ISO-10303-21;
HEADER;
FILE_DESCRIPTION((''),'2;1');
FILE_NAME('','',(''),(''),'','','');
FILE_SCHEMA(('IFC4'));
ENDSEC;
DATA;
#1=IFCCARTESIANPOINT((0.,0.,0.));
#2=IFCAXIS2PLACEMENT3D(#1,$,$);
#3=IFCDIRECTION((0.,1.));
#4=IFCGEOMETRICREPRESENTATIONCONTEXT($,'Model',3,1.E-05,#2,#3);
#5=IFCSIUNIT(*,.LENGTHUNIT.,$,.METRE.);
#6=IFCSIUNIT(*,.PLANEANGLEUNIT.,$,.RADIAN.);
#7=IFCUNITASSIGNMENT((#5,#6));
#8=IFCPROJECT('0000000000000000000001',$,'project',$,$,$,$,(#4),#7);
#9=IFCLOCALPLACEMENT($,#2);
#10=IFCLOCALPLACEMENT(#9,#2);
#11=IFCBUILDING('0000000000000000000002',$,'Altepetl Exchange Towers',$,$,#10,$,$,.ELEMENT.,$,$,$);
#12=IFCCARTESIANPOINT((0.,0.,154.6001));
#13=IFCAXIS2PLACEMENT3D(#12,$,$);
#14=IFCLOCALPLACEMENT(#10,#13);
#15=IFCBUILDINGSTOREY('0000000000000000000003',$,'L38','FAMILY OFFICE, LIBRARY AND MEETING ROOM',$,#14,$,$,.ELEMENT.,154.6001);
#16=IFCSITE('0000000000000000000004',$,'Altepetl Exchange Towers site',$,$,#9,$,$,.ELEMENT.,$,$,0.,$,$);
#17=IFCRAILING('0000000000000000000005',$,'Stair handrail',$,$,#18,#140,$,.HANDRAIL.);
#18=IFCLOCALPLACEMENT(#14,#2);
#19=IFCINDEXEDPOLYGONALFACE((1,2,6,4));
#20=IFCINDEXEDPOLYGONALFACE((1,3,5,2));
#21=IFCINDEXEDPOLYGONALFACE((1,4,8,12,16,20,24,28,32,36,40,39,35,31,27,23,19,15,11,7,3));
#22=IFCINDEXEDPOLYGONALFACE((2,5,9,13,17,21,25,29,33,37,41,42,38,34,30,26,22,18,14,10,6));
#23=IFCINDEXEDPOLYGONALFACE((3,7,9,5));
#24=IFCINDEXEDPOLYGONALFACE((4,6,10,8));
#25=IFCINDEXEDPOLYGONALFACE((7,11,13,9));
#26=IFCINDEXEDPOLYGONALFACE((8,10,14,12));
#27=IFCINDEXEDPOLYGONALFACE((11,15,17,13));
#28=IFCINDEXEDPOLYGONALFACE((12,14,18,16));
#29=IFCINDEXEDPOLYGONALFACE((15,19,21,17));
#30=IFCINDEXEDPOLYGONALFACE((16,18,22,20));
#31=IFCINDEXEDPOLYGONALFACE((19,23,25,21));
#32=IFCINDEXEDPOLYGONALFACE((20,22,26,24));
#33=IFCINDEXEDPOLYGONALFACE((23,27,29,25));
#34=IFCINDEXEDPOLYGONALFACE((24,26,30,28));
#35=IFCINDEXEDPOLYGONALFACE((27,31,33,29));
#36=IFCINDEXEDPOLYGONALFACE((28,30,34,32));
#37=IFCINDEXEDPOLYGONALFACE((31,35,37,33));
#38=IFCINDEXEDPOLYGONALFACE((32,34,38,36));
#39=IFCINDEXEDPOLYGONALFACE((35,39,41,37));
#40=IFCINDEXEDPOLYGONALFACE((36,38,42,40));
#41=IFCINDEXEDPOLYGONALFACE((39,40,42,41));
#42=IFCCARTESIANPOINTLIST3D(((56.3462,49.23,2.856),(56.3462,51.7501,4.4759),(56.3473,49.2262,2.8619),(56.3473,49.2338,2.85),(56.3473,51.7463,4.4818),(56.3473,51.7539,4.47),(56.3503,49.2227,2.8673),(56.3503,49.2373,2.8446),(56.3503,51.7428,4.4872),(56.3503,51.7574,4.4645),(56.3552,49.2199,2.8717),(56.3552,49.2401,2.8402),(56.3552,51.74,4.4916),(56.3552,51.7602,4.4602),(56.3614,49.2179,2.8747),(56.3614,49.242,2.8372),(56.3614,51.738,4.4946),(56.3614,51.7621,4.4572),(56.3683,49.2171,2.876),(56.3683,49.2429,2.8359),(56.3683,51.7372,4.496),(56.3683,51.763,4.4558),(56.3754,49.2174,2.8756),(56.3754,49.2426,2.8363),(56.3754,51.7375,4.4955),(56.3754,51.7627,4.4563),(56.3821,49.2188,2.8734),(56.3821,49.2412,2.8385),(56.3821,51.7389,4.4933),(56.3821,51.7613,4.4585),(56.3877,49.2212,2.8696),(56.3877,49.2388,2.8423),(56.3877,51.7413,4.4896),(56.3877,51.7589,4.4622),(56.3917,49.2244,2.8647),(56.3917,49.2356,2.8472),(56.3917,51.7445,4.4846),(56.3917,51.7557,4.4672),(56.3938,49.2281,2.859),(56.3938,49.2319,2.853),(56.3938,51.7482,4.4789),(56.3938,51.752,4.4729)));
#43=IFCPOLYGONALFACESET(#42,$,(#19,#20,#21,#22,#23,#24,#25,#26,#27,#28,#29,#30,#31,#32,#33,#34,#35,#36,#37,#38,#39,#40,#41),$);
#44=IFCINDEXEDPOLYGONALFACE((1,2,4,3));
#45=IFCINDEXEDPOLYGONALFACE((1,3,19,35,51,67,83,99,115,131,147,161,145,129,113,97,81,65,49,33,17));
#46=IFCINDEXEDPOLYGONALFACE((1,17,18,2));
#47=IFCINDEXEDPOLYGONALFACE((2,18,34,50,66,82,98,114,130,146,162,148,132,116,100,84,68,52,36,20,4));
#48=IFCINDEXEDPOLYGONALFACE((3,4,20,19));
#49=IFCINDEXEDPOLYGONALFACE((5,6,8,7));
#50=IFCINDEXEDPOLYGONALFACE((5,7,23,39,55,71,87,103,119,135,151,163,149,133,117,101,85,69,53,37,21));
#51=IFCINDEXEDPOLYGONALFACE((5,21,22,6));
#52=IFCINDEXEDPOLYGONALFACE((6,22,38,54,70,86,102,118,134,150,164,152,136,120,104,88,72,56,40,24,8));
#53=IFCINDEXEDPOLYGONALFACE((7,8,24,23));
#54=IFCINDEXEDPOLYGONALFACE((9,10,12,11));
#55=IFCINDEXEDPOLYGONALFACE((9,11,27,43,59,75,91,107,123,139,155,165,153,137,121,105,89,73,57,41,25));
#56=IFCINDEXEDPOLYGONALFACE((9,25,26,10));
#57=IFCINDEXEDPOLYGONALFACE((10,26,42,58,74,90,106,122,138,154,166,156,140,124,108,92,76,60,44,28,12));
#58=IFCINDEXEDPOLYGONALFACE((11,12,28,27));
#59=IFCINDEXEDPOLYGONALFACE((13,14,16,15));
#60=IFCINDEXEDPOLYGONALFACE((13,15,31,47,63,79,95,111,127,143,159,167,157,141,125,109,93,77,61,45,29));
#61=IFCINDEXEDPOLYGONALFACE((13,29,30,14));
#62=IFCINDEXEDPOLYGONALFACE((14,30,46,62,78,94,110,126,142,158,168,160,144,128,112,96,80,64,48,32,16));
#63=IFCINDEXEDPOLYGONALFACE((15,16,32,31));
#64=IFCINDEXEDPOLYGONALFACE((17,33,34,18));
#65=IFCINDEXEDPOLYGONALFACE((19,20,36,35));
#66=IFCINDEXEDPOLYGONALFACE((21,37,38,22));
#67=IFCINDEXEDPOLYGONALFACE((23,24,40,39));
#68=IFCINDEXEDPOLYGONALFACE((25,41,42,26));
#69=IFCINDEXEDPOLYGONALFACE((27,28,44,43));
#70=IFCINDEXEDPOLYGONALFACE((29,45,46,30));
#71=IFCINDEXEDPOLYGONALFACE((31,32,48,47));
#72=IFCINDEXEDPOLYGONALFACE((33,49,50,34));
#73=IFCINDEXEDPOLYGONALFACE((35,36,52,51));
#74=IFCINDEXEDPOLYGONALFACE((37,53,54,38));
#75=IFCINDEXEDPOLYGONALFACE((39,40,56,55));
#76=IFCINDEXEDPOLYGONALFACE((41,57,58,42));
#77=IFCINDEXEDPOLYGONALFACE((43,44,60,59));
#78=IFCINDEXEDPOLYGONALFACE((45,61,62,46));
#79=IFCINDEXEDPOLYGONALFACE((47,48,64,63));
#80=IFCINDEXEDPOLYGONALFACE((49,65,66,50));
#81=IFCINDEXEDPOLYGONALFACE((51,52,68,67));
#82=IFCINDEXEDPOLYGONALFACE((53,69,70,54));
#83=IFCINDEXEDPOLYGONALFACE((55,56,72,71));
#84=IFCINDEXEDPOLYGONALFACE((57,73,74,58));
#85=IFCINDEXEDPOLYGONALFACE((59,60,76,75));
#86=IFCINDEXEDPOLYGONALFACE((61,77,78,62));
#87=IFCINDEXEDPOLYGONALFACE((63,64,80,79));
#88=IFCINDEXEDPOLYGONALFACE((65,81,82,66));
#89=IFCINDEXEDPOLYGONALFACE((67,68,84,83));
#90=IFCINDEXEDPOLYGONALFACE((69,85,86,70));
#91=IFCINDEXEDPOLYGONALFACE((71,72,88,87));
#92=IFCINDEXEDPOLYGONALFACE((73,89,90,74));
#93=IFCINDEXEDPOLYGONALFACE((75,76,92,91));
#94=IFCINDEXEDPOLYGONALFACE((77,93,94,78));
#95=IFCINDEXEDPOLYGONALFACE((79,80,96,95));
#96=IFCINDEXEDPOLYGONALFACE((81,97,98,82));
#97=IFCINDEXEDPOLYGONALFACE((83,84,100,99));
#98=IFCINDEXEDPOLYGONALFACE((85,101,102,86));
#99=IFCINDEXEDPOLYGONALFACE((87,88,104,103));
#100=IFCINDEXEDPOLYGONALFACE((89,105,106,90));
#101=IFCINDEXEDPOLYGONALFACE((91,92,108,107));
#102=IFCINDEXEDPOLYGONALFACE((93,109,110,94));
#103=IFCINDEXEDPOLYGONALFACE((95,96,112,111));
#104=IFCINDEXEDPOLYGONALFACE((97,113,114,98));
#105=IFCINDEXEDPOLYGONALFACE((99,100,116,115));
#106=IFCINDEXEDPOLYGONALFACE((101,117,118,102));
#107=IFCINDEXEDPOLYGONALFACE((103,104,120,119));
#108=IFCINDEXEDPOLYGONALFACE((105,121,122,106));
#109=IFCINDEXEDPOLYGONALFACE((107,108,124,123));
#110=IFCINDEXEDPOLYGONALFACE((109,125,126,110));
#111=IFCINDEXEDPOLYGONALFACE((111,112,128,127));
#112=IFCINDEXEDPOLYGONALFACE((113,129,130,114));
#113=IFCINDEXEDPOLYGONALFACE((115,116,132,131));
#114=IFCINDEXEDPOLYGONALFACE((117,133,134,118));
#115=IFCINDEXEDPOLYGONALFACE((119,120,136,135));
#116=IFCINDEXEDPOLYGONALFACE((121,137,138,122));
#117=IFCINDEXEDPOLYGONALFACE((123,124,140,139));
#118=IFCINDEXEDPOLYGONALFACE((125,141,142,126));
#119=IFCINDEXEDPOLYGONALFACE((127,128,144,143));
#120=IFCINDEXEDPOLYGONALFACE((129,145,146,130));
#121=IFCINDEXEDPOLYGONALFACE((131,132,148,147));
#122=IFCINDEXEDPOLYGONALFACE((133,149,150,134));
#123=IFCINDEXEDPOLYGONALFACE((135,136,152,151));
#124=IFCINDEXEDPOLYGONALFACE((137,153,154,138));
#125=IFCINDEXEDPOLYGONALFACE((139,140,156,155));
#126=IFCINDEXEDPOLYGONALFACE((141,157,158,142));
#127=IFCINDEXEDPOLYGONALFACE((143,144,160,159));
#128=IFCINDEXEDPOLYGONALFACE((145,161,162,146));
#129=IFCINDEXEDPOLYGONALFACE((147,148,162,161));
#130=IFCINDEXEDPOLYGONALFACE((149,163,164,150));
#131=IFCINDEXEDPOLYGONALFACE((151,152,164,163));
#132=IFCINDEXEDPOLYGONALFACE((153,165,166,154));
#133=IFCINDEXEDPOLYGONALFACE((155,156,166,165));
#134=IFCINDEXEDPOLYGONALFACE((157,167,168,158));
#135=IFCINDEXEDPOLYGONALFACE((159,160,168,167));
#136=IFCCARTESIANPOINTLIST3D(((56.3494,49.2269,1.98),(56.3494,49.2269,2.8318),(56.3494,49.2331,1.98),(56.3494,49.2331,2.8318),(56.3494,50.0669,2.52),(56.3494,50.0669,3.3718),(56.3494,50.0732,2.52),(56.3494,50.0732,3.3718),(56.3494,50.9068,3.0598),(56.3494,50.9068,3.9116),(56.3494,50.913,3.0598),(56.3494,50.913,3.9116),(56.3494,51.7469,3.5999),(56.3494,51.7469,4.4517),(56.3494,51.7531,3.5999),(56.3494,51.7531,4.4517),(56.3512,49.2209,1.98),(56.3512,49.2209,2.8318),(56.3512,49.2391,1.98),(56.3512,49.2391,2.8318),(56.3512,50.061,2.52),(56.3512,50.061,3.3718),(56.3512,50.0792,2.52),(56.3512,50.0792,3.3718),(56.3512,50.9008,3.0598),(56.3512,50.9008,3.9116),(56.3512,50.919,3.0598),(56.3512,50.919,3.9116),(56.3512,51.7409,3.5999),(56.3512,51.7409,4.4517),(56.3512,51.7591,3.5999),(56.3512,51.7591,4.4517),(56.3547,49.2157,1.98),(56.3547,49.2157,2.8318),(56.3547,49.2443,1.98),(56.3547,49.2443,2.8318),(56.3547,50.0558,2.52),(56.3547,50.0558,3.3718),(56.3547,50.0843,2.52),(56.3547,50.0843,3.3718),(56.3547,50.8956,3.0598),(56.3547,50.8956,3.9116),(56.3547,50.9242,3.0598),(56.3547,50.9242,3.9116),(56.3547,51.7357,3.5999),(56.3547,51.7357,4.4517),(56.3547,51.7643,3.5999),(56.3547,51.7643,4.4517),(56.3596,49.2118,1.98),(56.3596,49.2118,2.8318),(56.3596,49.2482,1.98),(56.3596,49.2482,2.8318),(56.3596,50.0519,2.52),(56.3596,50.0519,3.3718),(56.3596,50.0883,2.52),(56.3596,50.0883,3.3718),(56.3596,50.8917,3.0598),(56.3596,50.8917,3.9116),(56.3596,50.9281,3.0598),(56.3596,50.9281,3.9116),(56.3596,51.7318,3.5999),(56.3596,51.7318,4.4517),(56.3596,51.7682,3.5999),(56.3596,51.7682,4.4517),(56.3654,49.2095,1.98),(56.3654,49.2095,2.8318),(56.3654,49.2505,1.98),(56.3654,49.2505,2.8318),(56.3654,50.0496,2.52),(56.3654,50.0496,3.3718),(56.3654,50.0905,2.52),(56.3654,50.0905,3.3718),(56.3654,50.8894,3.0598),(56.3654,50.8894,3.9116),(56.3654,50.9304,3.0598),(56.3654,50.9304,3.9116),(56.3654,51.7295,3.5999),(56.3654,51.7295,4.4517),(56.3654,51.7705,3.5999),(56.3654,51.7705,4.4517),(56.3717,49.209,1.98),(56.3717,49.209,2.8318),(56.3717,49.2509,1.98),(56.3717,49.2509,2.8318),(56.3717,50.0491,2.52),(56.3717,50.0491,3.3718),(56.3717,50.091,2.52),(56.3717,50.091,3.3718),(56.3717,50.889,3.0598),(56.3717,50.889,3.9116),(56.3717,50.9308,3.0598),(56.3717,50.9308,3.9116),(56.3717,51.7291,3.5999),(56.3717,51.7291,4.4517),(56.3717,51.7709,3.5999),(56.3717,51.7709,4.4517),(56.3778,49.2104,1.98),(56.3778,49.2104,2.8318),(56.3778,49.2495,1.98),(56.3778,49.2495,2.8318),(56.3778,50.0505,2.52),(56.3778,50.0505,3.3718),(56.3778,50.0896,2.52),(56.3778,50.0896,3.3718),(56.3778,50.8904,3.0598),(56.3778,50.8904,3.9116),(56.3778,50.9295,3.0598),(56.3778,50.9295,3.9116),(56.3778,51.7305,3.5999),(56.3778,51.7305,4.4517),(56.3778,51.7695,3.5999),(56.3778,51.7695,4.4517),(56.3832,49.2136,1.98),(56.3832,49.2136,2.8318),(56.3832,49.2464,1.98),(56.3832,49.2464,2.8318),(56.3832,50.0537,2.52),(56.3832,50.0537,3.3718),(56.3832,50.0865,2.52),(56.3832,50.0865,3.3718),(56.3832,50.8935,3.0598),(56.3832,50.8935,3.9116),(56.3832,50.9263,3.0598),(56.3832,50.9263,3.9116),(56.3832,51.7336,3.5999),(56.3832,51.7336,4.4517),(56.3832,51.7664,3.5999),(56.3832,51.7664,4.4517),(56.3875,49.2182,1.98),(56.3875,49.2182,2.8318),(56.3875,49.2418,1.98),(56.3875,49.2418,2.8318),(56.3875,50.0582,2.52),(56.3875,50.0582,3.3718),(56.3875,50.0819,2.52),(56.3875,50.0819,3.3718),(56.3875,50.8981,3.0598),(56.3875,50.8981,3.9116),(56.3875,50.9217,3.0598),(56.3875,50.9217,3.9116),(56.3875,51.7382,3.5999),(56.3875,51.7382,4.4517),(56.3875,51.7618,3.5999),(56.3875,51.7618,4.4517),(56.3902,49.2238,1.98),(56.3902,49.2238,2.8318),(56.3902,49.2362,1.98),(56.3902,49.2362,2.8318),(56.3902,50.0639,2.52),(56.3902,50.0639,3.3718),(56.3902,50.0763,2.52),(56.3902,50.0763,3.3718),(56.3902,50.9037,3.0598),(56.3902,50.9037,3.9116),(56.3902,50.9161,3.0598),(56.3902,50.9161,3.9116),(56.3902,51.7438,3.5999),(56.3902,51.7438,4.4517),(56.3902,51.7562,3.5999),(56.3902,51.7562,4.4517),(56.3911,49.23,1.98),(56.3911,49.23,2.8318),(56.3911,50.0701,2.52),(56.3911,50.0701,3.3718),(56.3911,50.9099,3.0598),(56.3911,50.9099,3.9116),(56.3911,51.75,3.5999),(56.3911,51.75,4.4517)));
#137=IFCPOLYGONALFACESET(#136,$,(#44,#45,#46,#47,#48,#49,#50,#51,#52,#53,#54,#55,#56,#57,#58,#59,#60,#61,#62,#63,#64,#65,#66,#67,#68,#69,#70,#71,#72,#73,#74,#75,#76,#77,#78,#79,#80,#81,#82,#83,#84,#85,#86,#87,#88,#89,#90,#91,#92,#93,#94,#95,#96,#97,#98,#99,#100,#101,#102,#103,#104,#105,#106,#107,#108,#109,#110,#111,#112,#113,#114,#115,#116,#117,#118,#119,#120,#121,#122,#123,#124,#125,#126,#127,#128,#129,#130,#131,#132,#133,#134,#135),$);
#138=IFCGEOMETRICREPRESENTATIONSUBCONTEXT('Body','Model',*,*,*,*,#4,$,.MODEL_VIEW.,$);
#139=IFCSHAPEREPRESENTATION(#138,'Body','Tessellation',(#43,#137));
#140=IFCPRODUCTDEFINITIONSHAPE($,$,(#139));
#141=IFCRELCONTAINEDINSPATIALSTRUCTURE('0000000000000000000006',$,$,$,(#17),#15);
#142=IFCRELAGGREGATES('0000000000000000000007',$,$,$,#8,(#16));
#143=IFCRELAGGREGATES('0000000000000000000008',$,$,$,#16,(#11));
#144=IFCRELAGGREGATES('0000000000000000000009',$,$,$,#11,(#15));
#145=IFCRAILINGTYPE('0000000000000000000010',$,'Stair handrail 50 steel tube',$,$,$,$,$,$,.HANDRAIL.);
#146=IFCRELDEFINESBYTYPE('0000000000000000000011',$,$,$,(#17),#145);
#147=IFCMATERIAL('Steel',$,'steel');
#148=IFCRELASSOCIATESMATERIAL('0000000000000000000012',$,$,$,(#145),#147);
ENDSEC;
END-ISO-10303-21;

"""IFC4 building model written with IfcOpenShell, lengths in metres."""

from ifc_helpers import new_model, si_unit, direction, frame, origin, origin_2d, place, context, subcontext, project, spatial, circle, extrude, source, transform, mapped, material, type_object, element, save


model = new_model("IFC4")

# Units and contexts
model_context = context("Model", 3, precision=1e-05, world=origin(), true_north=direction((0.0, 1.0)))
body_context = subcontext(model_context, "Body", "Model", "MODEL_VIEW")
ifc_project = project(units=[si_unit("LENGTHUNIT", "METRE"), si_unit("PLANEANGLEUNIT", "RADIAN")], contexts=[model_context])

# Site, building, storey
site_placement = place(None, origin())
site = spatial("IfcSite", under=ifc_project, at=site_placement, Name="Altepetl Exchange Towers site", CompositionType="ELEMENT", RefElevation=0.0)
building_placement = place(site_placement, origin())
building = spatial("IfcBuilding", under=site, at=building_placement, Name="Altepetl Exchange Towers", CompositionType="ELEMENT")
storey_placement = place(building_placement, frame((0.0, 0.0, 154.6001)))
storey = spatial("IfcBuildingStorey", under=building, at=storey_placement, Name="L38", Description="FAMILY OFFICE, LIBRARY AND MEETING ROOM", CompositionType="ELEMENT", Elevation=154.6001)

# Railing
ifc_material_1 = material(Name="Steel", Category="steel")
railing_type = type_object("IfcRailingType", Name="Stair handrail 50 steel tube", PredefinedType="HANDRAIL", material=ifc_material_1)
shared_shape = source(origin(), body_context, "Body", "SweptSolid", [
    extrude(circle(Radius=0.021, at=origin_2d()), origin(), (0.0, 0.0, 1.0), 0.8518),
])
railing_1_placement = place(storey_placement, frame((56.3701, 49.23, 1.98)))
element("IfcRailing", 1, at=railing_1_placement, inside=storey, type_object=railing_type, Name="Stair handrail", PredefinedType="HANDRAIL", context=body_context, shape_type="SweptSolid", body=[
    extrude(circle(Radius=0.0239, at=origin_2d()), frame((0.0, 0.0, 0.876), z_axis=(0.0, 0.8412, 0.540725), x_axis=(-1.0, 0.0, 0.0)), (0.0, 0.0, 1.0), 2.9958),
    mapped(shared_shape, transform((0.0, 0.0, 0.0))),
    mapped(shared_shape, transform((0.0, 0.8401, 0.54))),
    mapped(shared_shape, transform((0.0, 1.6799, 1.0798))),
    mapped(shared_shape, transform((0.0, 2.52, 1.6199))),
])

save(model, "model.ifc")
